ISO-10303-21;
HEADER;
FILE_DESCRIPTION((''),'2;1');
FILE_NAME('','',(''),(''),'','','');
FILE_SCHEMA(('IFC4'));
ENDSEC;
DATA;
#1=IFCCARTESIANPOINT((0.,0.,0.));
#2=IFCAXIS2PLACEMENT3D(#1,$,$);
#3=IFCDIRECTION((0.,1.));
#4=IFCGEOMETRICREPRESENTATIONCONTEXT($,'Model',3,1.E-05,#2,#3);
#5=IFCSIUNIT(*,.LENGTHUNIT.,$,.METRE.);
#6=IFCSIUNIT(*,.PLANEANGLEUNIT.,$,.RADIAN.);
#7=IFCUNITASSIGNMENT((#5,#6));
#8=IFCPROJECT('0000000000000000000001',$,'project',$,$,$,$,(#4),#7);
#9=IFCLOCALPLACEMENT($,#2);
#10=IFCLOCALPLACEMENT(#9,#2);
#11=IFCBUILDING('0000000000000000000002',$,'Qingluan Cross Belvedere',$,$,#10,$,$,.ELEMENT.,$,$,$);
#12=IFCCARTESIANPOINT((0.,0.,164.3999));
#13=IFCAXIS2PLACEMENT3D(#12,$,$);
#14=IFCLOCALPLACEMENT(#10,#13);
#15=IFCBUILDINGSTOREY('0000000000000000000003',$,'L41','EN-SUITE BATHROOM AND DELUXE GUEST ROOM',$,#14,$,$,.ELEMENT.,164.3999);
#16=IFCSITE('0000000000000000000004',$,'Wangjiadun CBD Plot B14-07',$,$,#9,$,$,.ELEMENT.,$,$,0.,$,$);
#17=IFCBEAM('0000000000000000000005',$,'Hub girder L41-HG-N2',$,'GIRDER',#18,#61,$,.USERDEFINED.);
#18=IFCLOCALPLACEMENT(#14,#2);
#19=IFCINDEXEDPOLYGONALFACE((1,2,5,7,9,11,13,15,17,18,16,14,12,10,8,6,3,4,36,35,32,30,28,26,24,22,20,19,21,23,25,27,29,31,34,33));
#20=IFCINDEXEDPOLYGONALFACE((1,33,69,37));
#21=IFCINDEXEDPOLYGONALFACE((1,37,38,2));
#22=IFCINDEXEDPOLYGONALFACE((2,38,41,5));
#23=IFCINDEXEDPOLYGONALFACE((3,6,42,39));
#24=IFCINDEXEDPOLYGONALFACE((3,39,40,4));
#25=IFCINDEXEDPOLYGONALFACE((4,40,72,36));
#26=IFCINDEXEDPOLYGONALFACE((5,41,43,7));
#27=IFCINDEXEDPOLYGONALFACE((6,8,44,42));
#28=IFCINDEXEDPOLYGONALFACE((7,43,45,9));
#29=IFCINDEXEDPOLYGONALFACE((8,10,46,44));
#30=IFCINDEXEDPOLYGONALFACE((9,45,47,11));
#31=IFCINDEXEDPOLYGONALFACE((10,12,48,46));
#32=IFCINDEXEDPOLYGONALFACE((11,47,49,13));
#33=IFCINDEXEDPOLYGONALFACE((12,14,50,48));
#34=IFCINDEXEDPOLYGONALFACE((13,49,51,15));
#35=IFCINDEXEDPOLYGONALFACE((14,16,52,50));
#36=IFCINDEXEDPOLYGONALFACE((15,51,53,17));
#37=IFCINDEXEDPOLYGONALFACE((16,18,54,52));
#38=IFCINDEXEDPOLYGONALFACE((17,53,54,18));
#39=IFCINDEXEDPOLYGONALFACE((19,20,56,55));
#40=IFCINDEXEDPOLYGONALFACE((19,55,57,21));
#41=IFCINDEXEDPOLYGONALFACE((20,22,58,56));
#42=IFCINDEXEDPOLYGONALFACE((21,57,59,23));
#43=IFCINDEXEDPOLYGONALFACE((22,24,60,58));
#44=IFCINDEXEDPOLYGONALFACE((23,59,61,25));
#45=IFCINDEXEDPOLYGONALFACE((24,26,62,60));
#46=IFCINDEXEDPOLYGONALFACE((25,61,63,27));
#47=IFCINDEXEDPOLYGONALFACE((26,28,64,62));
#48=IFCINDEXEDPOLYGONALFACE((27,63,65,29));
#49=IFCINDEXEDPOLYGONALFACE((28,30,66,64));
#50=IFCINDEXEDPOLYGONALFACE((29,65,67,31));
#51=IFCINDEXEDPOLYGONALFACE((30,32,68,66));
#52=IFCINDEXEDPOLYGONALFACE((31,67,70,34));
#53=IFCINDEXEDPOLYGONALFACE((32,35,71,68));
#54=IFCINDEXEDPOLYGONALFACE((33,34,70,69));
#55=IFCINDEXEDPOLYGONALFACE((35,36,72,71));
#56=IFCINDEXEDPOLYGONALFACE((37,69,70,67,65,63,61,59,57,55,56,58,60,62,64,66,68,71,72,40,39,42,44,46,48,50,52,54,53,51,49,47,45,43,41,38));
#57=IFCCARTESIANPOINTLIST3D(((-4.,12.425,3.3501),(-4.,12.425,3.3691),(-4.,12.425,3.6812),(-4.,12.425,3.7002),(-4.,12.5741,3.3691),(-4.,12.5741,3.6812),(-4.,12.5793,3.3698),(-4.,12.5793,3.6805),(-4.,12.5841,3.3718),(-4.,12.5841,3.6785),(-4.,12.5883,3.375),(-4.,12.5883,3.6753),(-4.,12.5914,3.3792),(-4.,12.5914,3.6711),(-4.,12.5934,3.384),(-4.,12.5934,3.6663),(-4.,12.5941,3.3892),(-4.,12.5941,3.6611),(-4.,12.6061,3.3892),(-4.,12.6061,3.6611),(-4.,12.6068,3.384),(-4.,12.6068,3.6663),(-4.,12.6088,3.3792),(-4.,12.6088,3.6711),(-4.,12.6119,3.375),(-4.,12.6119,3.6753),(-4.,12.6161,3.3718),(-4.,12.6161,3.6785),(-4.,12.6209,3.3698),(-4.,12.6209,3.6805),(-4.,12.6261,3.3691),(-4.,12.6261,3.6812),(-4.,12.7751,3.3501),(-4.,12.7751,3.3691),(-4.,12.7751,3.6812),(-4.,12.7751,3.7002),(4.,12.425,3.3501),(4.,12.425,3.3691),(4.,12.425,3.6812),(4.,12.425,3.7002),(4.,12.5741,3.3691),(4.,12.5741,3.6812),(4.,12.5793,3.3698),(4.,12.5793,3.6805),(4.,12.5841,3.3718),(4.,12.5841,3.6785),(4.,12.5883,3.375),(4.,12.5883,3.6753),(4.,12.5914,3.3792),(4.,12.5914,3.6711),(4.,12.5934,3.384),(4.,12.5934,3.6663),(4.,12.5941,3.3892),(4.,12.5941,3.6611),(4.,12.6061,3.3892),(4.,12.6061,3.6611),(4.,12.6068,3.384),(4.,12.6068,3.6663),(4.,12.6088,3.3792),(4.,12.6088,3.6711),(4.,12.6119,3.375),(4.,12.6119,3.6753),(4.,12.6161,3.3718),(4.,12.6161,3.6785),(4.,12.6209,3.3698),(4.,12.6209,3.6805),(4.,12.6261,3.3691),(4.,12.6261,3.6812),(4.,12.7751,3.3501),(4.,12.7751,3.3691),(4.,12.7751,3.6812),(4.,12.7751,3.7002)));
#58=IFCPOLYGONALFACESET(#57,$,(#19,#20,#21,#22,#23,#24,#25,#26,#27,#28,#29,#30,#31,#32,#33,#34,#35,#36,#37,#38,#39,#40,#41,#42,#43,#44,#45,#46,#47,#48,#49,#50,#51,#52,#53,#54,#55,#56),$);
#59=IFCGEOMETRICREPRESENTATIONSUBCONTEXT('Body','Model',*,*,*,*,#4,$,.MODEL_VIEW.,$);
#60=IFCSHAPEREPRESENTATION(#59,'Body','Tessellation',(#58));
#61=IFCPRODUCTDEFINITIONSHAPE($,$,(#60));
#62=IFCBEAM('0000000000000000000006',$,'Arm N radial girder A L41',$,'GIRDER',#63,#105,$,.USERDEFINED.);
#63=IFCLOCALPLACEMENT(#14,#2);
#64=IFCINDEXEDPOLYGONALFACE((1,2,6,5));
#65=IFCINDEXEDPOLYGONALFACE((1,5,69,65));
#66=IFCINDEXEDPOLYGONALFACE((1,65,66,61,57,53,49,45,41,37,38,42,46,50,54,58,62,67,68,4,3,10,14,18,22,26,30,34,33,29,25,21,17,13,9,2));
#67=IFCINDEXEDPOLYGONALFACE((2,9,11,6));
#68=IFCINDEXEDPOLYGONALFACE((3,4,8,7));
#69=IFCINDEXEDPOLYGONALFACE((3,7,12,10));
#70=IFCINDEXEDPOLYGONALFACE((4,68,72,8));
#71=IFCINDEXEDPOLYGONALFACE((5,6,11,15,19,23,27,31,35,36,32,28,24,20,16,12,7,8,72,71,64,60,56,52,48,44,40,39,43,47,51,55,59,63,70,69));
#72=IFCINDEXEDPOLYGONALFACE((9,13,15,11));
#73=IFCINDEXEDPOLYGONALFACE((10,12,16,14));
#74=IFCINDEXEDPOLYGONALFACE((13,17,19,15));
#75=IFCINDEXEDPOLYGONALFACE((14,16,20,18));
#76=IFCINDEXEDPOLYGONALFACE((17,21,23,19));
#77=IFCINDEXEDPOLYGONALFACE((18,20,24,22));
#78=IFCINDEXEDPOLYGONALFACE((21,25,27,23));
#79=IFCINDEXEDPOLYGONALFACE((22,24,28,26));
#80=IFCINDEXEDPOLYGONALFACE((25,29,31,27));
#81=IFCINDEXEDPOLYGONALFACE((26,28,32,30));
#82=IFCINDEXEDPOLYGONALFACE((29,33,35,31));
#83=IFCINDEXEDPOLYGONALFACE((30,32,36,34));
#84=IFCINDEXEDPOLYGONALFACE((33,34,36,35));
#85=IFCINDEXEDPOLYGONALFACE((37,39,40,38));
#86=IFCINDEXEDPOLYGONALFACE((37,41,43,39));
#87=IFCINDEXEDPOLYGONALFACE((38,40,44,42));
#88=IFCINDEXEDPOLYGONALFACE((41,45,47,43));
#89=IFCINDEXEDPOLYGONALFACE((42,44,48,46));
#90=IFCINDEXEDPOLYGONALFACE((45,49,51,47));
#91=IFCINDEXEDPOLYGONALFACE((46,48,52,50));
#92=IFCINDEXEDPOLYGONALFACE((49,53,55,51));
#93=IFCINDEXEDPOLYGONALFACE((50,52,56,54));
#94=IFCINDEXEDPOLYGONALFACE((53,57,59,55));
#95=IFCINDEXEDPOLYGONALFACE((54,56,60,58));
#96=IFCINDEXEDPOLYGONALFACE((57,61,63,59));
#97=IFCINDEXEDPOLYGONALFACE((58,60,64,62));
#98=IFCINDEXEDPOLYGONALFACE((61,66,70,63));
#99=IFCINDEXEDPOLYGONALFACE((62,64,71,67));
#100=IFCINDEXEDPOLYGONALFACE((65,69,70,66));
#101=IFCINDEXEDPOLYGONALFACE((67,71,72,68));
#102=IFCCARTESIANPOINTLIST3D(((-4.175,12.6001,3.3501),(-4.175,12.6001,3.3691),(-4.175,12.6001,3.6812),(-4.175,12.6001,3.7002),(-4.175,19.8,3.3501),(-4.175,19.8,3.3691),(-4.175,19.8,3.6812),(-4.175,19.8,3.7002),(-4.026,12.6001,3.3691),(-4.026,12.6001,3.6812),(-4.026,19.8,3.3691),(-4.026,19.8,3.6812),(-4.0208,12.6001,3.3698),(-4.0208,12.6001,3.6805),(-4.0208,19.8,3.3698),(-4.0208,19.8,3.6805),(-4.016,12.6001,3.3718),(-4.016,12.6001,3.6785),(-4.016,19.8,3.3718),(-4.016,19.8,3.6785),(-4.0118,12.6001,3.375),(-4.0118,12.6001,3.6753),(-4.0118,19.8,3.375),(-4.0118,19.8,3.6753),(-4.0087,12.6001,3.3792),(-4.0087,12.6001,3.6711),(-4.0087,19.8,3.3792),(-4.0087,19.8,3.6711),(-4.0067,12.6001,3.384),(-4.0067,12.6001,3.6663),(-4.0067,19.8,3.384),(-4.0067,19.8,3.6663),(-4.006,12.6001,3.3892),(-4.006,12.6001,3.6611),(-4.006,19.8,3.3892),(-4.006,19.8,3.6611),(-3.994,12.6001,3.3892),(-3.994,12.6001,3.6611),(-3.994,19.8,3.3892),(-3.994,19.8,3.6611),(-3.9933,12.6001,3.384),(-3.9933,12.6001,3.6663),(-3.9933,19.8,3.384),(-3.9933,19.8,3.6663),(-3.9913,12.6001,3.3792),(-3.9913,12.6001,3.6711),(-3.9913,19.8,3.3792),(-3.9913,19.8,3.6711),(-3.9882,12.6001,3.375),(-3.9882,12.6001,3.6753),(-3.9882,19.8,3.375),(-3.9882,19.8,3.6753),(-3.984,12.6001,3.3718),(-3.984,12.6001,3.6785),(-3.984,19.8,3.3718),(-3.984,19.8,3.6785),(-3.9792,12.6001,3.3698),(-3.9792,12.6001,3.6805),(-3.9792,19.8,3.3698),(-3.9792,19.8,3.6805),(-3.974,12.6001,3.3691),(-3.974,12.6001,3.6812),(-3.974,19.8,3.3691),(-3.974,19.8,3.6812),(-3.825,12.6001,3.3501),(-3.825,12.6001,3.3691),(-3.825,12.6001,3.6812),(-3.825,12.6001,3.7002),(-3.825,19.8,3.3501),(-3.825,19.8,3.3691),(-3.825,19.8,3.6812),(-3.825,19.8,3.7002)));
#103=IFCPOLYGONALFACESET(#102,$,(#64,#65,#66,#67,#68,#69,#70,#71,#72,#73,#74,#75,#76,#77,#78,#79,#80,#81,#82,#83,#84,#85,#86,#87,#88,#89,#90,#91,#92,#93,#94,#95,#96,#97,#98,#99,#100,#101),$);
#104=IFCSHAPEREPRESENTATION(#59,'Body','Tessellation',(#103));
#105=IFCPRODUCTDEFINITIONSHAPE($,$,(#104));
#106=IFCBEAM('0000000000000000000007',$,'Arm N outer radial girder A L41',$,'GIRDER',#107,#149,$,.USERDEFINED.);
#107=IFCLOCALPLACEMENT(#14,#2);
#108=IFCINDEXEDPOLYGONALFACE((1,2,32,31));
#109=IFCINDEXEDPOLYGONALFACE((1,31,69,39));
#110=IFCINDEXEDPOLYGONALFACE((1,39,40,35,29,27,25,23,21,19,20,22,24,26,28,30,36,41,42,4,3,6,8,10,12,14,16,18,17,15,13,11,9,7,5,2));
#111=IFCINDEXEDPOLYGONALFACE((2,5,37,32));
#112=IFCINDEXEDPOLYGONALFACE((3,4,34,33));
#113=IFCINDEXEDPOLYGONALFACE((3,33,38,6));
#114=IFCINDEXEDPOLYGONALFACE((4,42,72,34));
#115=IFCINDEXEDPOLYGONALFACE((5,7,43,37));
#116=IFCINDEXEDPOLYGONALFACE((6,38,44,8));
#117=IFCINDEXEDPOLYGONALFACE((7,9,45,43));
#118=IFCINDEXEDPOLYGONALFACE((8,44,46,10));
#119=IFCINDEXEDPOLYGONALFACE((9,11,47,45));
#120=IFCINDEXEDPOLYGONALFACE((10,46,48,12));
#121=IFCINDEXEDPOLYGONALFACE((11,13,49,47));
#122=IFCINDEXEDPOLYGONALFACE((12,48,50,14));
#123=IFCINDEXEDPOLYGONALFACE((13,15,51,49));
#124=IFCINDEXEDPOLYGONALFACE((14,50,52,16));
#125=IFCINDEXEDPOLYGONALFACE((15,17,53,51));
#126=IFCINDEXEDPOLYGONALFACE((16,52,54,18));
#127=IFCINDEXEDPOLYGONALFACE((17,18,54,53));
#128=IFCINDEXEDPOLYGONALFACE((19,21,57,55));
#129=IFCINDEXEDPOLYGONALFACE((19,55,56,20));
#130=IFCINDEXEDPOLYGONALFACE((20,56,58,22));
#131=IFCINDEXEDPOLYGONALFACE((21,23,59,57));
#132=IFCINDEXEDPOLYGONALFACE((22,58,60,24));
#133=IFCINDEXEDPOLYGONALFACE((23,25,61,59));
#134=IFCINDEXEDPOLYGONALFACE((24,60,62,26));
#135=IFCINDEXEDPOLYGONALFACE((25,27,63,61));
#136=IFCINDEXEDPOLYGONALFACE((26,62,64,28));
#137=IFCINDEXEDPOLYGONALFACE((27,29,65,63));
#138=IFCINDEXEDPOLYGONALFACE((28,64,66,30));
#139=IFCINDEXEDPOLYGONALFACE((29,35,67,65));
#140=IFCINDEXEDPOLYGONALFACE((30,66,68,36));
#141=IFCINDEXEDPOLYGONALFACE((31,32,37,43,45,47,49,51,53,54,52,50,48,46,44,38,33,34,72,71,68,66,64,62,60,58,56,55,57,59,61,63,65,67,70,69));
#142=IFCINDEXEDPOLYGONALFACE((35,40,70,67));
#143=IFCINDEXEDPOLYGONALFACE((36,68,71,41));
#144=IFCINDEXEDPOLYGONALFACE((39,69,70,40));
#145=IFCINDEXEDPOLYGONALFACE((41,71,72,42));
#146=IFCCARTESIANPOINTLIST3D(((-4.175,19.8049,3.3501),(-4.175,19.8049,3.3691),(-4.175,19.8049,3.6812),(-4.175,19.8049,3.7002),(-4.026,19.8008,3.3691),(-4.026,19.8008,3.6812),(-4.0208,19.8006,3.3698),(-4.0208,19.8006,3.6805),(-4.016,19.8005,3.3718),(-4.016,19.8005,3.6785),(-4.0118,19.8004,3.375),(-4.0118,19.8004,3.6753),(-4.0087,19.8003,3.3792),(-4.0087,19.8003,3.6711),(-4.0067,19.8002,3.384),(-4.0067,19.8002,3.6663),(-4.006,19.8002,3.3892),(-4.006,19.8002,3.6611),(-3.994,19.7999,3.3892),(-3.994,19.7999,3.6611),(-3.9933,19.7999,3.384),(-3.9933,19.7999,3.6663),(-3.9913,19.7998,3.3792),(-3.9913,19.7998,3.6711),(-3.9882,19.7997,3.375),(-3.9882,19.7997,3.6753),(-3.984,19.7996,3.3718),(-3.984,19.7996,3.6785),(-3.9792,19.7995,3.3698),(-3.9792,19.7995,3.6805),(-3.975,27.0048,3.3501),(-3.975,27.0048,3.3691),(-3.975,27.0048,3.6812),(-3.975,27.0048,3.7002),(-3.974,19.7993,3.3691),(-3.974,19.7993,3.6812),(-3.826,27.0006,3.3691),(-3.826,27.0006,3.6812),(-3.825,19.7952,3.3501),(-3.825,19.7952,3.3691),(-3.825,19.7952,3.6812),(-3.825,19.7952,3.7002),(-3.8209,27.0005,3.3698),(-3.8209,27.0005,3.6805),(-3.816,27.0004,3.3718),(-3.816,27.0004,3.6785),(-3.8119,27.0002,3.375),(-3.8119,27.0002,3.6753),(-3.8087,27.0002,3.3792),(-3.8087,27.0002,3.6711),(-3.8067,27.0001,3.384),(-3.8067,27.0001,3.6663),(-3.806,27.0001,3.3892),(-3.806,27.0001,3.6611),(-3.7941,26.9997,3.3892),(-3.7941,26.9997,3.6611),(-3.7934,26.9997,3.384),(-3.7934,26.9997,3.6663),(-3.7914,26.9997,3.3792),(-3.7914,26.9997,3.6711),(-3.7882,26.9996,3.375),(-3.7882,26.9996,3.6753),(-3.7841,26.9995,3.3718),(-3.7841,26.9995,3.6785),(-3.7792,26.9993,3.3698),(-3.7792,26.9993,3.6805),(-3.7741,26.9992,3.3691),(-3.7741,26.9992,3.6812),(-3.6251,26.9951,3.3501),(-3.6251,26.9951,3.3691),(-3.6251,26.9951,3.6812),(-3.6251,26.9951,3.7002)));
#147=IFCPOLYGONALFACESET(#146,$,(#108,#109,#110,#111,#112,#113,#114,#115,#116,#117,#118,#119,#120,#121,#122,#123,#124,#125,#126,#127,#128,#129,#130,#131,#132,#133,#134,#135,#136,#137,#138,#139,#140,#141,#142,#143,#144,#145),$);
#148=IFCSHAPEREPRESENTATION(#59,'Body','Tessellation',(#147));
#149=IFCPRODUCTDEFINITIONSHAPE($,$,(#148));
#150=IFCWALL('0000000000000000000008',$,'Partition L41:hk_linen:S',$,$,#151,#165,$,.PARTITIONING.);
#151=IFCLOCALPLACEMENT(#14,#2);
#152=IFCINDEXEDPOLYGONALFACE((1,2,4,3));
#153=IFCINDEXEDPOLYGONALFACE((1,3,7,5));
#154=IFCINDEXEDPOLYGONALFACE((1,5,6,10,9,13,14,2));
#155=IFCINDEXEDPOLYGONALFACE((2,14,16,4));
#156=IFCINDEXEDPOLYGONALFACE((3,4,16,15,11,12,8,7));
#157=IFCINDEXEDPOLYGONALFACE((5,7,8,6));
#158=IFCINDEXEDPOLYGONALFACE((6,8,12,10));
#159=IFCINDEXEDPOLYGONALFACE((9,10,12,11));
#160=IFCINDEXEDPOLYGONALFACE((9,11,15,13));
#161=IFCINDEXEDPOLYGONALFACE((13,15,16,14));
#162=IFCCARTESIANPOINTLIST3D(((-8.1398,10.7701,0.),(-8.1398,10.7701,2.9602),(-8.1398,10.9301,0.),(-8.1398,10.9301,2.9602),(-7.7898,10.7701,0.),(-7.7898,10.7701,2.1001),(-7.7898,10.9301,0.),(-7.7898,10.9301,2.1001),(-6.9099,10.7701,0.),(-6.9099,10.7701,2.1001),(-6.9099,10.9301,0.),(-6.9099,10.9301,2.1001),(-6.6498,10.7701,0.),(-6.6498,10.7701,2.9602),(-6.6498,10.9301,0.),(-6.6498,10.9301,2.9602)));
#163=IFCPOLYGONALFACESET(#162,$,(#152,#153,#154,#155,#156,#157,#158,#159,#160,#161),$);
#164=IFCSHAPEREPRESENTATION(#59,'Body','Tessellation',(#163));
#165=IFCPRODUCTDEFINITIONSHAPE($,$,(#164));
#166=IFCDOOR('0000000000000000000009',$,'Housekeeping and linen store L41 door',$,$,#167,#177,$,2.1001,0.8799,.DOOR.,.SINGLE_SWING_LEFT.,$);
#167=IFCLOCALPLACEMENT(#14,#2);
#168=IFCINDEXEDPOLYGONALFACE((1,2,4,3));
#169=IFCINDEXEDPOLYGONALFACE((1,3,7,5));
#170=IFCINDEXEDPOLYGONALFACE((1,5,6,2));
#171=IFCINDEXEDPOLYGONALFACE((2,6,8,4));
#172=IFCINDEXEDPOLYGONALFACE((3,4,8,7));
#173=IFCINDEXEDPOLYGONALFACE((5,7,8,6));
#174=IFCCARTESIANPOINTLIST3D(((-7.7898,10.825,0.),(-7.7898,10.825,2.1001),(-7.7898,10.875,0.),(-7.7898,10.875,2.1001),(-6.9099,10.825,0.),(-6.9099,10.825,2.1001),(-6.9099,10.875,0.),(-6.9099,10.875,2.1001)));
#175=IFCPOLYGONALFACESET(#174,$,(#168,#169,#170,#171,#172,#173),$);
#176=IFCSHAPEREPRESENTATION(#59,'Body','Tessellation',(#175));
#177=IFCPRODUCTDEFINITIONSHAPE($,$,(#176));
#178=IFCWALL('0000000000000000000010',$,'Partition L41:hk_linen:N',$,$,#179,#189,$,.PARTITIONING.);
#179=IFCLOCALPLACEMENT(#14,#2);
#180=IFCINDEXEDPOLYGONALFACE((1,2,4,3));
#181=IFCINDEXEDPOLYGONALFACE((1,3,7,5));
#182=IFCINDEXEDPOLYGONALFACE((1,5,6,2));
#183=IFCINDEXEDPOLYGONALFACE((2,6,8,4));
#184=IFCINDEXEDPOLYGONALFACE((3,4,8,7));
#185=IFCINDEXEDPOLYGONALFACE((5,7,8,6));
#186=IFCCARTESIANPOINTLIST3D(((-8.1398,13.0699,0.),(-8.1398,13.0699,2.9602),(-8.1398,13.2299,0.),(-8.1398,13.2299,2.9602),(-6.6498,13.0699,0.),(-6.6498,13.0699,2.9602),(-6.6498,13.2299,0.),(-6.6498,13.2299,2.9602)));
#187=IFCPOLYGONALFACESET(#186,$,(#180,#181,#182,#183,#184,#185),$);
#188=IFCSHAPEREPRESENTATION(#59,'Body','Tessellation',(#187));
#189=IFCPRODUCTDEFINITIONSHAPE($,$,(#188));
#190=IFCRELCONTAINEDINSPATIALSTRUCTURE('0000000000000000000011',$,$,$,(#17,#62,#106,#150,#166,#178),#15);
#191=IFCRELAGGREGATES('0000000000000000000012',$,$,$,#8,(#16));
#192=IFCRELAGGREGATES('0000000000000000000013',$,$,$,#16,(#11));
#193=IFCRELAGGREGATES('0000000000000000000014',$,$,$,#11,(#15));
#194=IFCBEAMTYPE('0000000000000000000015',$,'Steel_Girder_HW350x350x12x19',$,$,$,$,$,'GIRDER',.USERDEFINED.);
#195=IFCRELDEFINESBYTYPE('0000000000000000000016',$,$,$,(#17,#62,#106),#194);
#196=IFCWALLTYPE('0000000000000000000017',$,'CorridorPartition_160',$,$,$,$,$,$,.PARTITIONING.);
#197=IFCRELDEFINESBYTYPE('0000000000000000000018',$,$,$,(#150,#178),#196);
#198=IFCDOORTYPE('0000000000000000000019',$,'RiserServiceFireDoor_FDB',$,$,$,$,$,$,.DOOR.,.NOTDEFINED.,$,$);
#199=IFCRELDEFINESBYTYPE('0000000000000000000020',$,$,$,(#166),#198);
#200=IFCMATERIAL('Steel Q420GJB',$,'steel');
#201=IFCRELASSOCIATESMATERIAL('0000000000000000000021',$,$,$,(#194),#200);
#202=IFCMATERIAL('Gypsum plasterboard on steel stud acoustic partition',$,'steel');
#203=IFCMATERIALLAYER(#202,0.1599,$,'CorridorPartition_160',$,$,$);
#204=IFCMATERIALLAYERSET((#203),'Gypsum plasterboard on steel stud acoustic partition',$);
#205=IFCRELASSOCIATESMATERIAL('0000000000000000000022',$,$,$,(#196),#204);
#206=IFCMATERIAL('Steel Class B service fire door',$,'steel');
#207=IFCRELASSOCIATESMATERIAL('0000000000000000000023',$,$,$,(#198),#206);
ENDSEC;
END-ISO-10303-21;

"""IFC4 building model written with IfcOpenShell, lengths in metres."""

from ifc_helpers import new_model, si_unit, direction, frame, frame_2d, origin, origin_2d, place, context, subcontext, project, spatial, rectangle, i_section, extrude, material, layer, layer_set, material_profile, profile_set, type_object, element, fill, save


model = new_model("IFC4")

# Units and contexts
model_context = context("Model", 3, precision=1e-05, world=origin(), true_north=direction((0.0, 1.0)))
body_context = subcontext(model_context, "Body", "Model", "MODEL_VIEW")
ifc_project = project(units=[si_unit("LENGTHUNIT", "METRE"), si_unit("PLANEANGLEUNIT", "RADIAN")], contexts=[model_context])

# Site, building, storey
site_placement = place(None, origin())
site = spatial("IfcSite", under=ifc_project, at=site_placement, Name="Wangjiadun CBD Plot B14-07", CompositionType="ELEMENT", RefElevation=0.0)
building_placement = place(site_placement, origin())
building = spatial("IfcBuilding", under=site, at=building_placement, Name="Qingluan Cross Belvedere", CompositionType="ELEMENT")
storey_placement = place(building_placement, frame((0.0, 0.0, 164.3999)))
storey = spatial("IfcBuildingStorey", under=building, at=storey_placement, Name="L41", Description="EN-SUITE BATHROOM AND DELUXE GUEST ROOM", CompositionType="ELEMENT", Elevation=164.3999)

# Beams
ifc_material_1 = material(Name="Steel Q420GJB", Category="steel")
ifc_material_profile_1 = material_profile(ifc_material_1, i_section(OverallWidth=0.3501, OverallDepth=0.3501, WebThickness=0.012, FlangeThickness=0.019, FilletRadius=0.02, at=origin_2d()), Name="HW350x350x12x19")
ifc_profile_set_1 = profile_set([ifc_material_profile_1], Name="Steel Q420GJB")
beam_type_1 = type_object("IfcBeamType", Name="Steel_Girder_HW350x350x12x19", ElementType="GIRDER", PredefinedType="USERDEFINED", material=ifc_profile_set_1)
beam_1_placement = place(storey_placement, frame((-4.0, 12.6001, 3.5251), z_axis=(1.0, 0.0, 0.0), x_axis=(0.0, 1.0, 0.0)))
element("IfcBeam", 1, at=beam_1_placement, inside=storey, type_object=beam_type_1, Name="Hub girder L41-HG-N2", ObjectType="GIRDER", PredefinedType="USERDEFINED", context=body_context, shape_type="SweptSolid", body=[
    extrude(i_section(OverallWidth=0.3501, OverallDepth=0.3501, WebThickness=0.012, FlangeThickness=0.019, FilletRadius=0.02, at=origin_2d()), origin(), (0.0, 0.0, 1.0), 8.0),
])
beam_2_placement = place(storey_placement, frame((-4.0, 12.6001, 3.5251), z_axis=(0.0, 1.0, 0.0), x_axis=(-1.0, 0.0, 0.0)))
element("IfcBeam", 2, at=beam_2_placement, inside=storey, type_object=beam_type_1, Name="Arm N radial girder A L41", ObjectType="GIRDER", PredefinedType="USERDEFINED", context=body_context, shape_type="SweptSolid", body=[
    extrude(i_section(OverallWidth=0.3501, OverallDepth=0.3501, WebThickness=0.012, FlangeThickness=0.019, FilletRadius=0.02, at=origin_2d()), origin(), (0.0, 0.0, 1.0), 7.2),
])
beam_3_placement = place(storey_placement, frame((-4.0, 19.8, 3.5251), z_axis=(0.02776, 0.999615, 0.0), x_axis=(-0.999615, 0.02776, 0.0)))
element("IfcBeam", 3, at=beam_3_placement, inside=storey, type_object=beam_type_1, Name="Arm N outer radial girder A L41", ObjectType="GIRDER", PredefinedType="USERDEFINED", context=body_context, shape_type="SweptSolid", body=[
    extrude(i_section(OverallWidth=0.3501, OverallDepth=0.3501, WebThickness=0.012, FlangeThickness=0.019, FilletRadius=0.02, at=origin_2d()), origin(), (0.0, 0.0, 1.0), 7.2026),
])

# Wall, opening, door
ifc_material_2 = material(Name="Gypsum plasterboard on steel stud acoustic partition", Category="steel")
ifc_layer_1 = layer(ifc_material_2, 0.1599, Name="CorridorPartition_160")
ifc_layer_set_1 = layer_set([ifc_layer_1], Name="Gypsum plasterboard on steel stud acoustic partition")
wall_type_1 = type_object("IfcWallType", Name="CorridorPartition_160", PredefinedType="PARTITIONING", material=ifc_layer_set_1)
wall_1_placement = place(storey_placement, frame((-8.1399, 10.8501, 0.0), z_axis=(0.0, 0.0, 1.0), x_axis=(1.0, 0.0, 0.0)))
wall_1 = element("IfcWall", 4, at=wall_1_placement, inside=storey, type_object=wall_type_1, Name="Partition L41:hk_linen:S", PredefinedType="PARTITIONING", context=body_context, shape_type="SweptSolid", body=[
    extrude(rectangle(XDim=1.49, YDim=0.1599, at=frame_2d((0.7451, 0.0))), origin(), (0.0, 0.0, 1.0), 2.9602),
])
opening_1_placement = place(wall_1_placement, frame((0.3501, 0.0, 0.0)))
opening_1 = element("IfcOpeningElement", 5, at=opening_1_placement, cuts=wall_1, PredefinedType="OPENING", context=body_context, shape_type="SweptSolid", body=[
    extrude(rectangle(XDim=0.8799, YDim=2.1001, at=frame_2d((0.4399, 1.05))), frame((0.0, 0.0898, 0.0), z_axis=(0.0, -1.0, 0.0), x_axis=(1.0, 0.0, 0.0)), (0.0, 0.0, 1.0), 0.1799),
])
ifc_material_3 = material(Name="Steel Class B service fire door", Category="steel")
door_type_1 = type_object("IfcDoorType", Name="RiserServiceFireDoor_FDB", OperationType="NOTDEFINED", PredefinedType="DOOR", material=ifc_material_3)
door_1_placement = place(opening_1_placement, origin())
door_1 = element("IfcDoor", 6, at=door_1_placement, inside=storey, type_object=door_type_1, Name="Housekeeping and linen store L41 door", OperationType="SINGLE_SWING_LEFT", OverallHeight=2.1001, OverallWidth=0.8799, PredefinedType="DOOR", context=body_context, shape_type="SweptSolid", body=[
    extrude(rectangle(XDim=0.8799, YDim=2.1001, at=frame_2d((0.4399, 1.05))), frame((0.0, 0.0249, 0.0), z_axis=(0.0, -1.0, 0.0), x_axis=(1.0, 0.0, 0.0)), (0.0, 0.0, 1.0), 0.05),
])
fill(opening_1, door_1)

# Wall
wall_2_placement = place(storey_placement, frame((-8.1399, 13.1499, 0.0), z_axis=(0.0, 0.0, 1.0), x_axis=(1.0, 0.0, 0.0)))
element("IfcWall", 7, at=wall_2_placement, inside=storey, type_object=wall_type_1, Name="Partition L41:hk_linen:N", PredefinedType="PARTITIONING", context=body_context, shape_type="SweptSolid", body=[
    extrude(rectangle(XDim=1.49, YDim=0.1599, at=frame_2d((0.7451, 0.0))), origin(), (0.0, 0.0, 1.0), 2.9602),
])

save(model, "model.ifc")
